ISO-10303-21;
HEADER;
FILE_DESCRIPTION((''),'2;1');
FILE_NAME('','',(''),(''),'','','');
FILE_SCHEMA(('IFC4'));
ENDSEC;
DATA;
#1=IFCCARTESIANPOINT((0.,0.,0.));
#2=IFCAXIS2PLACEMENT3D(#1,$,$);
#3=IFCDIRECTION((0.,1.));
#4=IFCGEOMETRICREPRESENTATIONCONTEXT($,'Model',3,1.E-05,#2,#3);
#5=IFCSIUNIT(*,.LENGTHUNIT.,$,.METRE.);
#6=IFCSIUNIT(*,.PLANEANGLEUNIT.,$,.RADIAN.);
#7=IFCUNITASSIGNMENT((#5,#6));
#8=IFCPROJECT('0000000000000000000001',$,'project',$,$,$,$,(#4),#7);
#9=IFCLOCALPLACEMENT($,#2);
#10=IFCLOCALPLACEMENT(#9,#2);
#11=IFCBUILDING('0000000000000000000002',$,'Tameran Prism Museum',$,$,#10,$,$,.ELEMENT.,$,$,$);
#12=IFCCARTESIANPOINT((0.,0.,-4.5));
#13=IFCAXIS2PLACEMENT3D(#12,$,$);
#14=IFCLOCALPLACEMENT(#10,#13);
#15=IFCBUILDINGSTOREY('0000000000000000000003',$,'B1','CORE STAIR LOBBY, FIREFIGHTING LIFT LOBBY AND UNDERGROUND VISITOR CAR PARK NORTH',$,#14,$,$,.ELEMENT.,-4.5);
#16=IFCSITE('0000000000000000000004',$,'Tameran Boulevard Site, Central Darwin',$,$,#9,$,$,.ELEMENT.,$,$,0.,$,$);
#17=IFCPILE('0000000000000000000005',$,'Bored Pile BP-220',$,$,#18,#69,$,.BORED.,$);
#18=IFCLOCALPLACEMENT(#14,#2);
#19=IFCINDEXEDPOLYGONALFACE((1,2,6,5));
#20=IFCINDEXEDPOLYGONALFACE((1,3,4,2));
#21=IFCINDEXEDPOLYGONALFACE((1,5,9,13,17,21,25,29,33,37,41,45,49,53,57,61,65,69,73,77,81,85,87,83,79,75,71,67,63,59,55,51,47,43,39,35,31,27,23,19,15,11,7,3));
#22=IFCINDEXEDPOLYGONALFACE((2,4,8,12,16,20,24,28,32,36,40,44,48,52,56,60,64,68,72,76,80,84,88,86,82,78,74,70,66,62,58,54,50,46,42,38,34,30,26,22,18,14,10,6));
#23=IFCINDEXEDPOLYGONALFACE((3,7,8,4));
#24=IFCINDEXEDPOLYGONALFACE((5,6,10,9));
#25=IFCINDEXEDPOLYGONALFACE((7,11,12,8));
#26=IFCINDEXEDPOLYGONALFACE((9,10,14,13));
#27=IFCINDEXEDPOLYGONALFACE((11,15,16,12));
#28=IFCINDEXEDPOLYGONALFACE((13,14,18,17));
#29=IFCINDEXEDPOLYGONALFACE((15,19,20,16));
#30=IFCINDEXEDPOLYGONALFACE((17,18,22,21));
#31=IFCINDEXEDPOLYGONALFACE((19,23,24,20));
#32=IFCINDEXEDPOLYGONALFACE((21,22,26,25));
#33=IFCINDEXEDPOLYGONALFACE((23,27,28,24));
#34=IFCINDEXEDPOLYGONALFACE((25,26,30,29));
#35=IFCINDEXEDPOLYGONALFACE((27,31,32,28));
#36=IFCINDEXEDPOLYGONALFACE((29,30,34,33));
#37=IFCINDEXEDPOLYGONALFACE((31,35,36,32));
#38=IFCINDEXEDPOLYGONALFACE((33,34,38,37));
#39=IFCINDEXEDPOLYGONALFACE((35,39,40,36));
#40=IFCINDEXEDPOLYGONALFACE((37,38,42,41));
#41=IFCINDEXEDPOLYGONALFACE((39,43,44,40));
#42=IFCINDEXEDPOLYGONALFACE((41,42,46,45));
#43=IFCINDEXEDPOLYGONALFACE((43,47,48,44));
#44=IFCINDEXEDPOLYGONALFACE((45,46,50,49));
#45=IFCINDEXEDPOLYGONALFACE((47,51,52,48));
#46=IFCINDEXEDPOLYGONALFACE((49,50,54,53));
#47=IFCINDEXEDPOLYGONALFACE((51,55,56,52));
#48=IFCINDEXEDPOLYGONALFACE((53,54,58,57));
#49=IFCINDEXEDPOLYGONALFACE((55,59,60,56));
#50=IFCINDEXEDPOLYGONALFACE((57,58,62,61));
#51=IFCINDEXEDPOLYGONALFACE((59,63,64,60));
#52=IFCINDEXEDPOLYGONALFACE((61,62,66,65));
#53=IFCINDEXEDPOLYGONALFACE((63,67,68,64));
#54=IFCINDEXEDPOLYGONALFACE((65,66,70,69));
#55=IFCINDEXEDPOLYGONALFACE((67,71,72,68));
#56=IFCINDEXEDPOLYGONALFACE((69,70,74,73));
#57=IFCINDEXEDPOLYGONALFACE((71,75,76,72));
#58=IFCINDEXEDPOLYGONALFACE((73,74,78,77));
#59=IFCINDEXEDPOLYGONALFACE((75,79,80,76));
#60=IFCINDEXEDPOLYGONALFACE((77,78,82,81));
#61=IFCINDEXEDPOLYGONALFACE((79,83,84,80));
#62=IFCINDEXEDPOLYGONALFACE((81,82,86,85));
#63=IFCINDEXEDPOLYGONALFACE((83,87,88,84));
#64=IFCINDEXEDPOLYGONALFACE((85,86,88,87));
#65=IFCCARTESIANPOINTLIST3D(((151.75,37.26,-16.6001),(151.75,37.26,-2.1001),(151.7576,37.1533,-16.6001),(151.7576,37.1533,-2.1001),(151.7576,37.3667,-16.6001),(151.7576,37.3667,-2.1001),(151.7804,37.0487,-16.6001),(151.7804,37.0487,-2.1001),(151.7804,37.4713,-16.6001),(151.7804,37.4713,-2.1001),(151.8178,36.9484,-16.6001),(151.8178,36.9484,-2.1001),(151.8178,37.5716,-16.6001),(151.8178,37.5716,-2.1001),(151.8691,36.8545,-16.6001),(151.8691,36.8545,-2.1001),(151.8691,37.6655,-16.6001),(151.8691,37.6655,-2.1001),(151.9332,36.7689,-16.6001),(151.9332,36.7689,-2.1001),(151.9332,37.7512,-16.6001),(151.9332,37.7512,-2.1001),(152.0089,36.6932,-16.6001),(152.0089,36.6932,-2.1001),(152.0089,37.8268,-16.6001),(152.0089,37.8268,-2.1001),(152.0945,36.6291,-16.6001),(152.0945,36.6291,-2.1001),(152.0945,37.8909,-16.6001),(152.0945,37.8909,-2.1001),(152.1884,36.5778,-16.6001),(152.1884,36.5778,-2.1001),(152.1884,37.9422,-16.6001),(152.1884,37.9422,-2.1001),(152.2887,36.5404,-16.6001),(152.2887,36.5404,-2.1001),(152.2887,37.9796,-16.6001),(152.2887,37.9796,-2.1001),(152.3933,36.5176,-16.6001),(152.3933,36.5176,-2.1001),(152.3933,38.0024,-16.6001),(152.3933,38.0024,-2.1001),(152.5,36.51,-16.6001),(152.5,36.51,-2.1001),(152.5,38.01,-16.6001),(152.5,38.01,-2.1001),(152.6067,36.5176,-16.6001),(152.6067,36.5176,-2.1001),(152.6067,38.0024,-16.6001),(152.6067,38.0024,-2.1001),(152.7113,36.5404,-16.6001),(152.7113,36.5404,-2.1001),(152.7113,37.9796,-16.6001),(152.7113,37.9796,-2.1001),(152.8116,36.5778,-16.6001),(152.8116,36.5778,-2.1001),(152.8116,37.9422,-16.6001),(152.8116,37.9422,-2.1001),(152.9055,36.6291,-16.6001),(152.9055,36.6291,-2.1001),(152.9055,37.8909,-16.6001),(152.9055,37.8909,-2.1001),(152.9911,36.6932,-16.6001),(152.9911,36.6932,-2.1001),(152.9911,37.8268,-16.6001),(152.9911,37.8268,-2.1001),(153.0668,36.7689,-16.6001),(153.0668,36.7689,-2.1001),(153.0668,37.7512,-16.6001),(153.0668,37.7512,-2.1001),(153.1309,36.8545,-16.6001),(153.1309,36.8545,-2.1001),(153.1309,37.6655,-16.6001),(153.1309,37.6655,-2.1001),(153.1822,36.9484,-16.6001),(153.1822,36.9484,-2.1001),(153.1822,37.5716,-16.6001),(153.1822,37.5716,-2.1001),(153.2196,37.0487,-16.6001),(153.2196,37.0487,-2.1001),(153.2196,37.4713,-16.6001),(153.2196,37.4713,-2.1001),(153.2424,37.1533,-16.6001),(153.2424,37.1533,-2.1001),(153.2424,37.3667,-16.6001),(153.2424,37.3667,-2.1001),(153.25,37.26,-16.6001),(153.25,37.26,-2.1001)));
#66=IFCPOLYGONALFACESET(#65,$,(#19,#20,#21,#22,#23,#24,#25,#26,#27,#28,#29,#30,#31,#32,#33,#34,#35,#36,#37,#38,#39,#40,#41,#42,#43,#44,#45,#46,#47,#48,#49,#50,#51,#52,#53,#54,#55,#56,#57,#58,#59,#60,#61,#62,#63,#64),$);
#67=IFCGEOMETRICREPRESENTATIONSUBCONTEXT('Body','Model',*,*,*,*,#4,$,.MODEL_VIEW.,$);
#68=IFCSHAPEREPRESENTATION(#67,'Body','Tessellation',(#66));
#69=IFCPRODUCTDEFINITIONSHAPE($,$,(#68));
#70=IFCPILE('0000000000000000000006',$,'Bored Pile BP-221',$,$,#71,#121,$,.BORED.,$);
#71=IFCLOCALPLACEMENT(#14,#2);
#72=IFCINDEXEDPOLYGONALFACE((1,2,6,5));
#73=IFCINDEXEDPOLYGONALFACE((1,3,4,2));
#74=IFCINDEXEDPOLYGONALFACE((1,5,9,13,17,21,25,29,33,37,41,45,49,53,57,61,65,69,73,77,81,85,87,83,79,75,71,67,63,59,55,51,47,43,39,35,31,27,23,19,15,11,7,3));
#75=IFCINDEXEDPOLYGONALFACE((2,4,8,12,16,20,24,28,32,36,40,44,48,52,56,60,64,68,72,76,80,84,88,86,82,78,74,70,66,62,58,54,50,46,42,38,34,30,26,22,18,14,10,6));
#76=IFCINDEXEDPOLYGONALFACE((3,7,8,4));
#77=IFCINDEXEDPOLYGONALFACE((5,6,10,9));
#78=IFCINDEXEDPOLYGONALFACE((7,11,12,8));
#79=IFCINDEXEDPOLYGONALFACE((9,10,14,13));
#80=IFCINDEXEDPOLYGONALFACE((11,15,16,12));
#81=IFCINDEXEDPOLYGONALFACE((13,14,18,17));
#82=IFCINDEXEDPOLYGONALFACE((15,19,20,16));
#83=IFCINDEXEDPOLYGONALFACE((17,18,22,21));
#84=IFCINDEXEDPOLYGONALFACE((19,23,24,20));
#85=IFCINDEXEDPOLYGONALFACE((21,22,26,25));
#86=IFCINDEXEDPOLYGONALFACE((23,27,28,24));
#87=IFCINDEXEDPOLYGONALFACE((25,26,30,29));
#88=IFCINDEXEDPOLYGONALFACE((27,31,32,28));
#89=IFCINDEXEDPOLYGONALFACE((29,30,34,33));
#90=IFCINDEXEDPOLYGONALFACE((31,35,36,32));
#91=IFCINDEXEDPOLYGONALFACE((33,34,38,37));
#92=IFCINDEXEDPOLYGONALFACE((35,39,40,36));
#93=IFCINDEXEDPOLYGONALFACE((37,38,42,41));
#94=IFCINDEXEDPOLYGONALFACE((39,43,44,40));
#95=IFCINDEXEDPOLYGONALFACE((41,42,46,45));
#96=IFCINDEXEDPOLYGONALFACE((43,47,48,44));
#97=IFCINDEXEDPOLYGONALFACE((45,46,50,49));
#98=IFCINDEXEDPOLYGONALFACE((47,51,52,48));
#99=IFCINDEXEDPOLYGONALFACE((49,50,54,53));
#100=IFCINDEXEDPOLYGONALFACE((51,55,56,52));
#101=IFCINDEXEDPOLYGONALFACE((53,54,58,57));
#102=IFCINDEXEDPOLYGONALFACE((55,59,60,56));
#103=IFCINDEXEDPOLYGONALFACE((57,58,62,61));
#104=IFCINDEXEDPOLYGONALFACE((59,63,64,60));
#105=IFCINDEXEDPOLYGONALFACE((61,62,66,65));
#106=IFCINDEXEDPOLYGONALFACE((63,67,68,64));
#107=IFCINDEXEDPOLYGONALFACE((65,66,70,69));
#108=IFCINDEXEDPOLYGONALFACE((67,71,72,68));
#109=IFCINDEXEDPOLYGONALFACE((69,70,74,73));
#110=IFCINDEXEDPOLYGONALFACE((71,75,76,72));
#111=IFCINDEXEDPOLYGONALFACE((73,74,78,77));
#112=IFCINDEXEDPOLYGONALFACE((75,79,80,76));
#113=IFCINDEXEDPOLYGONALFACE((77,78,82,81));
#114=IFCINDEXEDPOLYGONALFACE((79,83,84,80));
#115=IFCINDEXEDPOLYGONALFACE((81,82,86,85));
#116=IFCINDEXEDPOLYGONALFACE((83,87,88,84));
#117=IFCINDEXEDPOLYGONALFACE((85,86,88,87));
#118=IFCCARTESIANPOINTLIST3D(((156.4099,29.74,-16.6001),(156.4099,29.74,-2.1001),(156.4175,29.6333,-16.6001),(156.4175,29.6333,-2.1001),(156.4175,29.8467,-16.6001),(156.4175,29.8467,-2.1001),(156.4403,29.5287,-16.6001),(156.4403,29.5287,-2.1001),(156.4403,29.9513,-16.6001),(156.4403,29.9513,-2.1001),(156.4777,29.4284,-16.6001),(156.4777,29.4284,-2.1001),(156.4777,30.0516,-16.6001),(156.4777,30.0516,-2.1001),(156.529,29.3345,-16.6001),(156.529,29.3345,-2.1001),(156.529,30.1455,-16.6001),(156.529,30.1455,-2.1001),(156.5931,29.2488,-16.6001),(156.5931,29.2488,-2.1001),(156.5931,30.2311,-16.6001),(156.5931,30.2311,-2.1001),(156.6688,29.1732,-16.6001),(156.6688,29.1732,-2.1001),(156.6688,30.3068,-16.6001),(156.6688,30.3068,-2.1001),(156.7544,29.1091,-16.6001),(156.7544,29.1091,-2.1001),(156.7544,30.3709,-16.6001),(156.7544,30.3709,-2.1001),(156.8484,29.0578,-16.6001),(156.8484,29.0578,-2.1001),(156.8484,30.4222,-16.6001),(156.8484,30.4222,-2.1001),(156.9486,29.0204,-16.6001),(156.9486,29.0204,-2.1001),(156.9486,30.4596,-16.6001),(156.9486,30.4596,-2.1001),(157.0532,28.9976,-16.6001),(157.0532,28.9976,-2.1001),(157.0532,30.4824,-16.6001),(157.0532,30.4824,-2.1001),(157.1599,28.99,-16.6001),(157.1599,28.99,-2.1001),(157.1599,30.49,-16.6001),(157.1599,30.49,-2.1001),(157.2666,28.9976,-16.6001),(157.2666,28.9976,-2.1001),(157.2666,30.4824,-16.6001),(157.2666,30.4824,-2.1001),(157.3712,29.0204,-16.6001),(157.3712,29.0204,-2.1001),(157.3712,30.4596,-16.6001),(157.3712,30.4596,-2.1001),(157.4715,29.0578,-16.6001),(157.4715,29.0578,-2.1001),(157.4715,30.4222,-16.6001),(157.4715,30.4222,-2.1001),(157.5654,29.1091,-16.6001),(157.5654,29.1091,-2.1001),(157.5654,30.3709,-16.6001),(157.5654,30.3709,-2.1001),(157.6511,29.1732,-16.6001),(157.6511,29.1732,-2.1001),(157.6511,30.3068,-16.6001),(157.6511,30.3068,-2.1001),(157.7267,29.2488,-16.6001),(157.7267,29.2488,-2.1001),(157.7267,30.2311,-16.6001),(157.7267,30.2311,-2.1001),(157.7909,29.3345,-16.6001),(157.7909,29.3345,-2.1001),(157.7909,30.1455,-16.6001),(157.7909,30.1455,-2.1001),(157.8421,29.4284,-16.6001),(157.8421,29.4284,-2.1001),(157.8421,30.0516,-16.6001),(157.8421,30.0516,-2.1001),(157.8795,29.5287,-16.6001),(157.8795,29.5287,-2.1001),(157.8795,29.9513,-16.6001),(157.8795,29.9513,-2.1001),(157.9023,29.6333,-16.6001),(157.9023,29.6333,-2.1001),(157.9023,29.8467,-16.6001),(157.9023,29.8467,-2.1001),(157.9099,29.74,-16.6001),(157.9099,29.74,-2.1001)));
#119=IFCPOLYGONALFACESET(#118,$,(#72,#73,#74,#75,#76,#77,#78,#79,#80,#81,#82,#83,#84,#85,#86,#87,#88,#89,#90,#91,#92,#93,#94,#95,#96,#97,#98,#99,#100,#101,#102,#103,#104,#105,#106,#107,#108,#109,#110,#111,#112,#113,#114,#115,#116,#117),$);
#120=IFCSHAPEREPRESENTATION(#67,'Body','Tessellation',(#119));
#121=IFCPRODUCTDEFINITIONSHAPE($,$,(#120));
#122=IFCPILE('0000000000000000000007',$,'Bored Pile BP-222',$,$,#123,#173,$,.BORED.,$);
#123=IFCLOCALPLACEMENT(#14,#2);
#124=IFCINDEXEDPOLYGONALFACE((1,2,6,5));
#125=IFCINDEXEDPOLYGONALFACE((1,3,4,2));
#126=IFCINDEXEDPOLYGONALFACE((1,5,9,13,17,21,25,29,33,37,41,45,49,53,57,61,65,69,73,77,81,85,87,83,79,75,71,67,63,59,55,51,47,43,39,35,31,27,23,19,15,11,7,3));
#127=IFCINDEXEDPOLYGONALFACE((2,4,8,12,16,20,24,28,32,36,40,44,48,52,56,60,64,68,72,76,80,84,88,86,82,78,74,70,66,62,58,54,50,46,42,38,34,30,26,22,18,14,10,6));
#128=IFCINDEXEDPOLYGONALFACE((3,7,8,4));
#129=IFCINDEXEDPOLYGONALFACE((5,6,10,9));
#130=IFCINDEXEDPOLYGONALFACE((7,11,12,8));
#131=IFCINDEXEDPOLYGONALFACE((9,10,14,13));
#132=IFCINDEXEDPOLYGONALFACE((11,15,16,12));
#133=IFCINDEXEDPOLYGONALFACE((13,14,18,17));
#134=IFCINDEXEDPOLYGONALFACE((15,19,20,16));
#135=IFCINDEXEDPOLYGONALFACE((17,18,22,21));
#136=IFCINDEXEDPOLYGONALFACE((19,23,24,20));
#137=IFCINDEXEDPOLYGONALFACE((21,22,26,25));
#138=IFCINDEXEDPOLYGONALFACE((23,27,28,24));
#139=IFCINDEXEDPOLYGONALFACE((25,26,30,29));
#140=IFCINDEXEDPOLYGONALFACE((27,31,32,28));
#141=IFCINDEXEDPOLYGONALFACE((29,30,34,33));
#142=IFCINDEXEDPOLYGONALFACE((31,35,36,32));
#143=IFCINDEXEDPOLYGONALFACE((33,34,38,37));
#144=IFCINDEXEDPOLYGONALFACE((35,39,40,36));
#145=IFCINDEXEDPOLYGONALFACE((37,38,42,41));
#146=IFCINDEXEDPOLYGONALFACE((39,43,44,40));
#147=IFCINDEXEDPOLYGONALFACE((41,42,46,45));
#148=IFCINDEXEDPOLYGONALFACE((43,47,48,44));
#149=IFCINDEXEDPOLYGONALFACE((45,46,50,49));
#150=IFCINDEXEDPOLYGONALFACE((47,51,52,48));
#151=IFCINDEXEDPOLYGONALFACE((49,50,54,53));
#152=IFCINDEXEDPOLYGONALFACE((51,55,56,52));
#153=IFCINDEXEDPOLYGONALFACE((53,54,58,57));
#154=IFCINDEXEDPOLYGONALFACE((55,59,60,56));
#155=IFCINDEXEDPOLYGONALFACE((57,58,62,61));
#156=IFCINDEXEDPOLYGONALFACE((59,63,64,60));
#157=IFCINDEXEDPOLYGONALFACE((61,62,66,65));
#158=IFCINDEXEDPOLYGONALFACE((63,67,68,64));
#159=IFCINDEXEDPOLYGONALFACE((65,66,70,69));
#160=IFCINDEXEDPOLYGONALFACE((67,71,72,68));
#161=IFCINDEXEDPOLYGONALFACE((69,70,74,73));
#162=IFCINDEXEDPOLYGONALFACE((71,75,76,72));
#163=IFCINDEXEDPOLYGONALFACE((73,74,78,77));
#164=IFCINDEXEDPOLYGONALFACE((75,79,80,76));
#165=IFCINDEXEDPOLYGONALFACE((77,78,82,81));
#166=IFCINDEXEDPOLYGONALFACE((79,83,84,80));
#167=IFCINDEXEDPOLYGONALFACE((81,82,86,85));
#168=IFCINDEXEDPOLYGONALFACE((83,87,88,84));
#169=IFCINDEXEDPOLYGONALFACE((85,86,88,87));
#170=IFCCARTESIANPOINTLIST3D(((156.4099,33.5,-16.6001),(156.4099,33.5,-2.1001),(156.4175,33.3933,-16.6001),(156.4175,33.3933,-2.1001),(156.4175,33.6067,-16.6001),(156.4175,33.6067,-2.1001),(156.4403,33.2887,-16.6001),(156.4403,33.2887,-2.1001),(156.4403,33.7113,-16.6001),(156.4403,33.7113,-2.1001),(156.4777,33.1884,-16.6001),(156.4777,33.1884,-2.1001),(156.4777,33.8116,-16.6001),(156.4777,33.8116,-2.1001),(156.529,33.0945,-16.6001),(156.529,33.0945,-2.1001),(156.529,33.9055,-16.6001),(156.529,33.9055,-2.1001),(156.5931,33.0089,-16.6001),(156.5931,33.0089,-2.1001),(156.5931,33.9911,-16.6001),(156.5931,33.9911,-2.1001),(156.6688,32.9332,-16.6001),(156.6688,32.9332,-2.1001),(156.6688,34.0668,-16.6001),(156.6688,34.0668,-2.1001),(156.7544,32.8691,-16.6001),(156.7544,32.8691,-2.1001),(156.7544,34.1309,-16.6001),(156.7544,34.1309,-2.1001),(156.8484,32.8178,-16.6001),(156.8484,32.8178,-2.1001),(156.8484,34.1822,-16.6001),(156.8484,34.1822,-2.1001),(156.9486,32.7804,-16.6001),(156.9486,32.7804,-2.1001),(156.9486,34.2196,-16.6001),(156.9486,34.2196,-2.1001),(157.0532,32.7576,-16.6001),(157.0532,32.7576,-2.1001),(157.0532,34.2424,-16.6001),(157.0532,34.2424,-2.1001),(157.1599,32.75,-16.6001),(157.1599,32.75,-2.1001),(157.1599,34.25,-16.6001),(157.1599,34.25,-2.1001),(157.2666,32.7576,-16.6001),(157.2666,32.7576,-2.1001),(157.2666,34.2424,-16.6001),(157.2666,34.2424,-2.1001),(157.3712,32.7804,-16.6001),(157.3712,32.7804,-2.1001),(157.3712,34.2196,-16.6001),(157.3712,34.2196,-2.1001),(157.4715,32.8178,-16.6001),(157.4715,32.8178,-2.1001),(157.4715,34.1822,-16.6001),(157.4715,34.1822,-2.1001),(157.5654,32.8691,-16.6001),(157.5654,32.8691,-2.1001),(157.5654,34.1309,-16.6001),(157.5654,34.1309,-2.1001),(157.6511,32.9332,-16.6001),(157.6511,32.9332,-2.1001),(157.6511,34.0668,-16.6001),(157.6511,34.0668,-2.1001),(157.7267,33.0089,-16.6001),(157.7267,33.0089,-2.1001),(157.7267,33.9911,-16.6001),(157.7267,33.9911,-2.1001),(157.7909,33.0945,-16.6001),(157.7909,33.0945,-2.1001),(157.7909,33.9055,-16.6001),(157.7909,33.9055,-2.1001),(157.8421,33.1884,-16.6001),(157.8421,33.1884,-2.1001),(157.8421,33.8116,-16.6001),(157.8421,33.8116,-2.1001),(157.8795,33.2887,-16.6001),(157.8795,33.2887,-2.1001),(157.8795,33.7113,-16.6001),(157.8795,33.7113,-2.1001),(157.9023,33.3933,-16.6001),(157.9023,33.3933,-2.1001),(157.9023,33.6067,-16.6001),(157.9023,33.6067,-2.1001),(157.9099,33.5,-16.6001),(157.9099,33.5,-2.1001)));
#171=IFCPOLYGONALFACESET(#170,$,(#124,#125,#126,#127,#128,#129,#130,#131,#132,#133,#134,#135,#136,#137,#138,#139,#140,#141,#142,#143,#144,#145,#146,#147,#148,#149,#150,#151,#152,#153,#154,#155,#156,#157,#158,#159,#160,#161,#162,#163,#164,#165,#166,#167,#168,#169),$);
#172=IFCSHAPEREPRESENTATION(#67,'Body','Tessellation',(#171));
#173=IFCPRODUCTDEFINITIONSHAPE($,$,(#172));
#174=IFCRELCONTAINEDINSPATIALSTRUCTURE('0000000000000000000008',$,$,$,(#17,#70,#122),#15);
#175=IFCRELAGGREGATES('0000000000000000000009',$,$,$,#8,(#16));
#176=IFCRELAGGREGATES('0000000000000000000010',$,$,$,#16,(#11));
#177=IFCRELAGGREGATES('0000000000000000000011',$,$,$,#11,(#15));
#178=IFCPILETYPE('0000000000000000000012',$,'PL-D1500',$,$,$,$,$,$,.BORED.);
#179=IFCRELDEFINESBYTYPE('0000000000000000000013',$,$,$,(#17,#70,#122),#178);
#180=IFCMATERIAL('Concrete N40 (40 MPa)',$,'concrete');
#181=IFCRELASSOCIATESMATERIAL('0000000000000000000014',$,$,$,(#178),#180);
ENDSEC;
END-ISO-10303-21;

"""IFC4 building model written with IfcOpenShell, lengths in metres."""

from ifc_helpers import new_model, si_unit, direction, frame, origin, origin_2d, place, context, subcontext, project, spatial, circle, extrude, material, material_profile, profile_set, type_object, element, save


model = new_model("IFC4")

# Units and contexts
model_context = context("Model", 3, precision=1e-05, world=origin(), true_north=direction((0.0, 1.0)))
body_context = subcontext(model_context, "Body", "Model", "MODEL_VIEW")
ifc_project = project(units=[si_unit("LENGTHUNIT", "METRE"), si_unit("PLANEANGLEUNIT", "RADIAN")], contexts=[model_context])

# Site, building, storey
site_placement = place(None, origin())
site = spatial("IfcSite", under=ifc_project, at=site_placement, Name="Tameran Boulevard Site, Central Darwin", CompositionType="ELEMENT", RefElevation=0.0)
building_placement = place(site_placement, origin())
building = spatial("IfcBuilding", under=site, at=building_placement, Name="Tameran Prism Museum", CompositionType="ELEMENT")
storey_placement = place(building_placement, frame((0.0, 0.0, -4.5)))
storey = spatial("IfcBuildingStorey", under=building, at=storey_placement, Name="B1", Description="CORE STAIR LOBBY, FIREFIGHTING LIFT LOBBY AND UNDERGROUND VISITOR CAR PARK NORTH", CompositionType="ELEMENT", Elevation=-4.5)

# Piles
ifc_material_1 = material(Name="Concrete N40 (40 MPa)", Category="concrete")
ifc_material_profile_1 = material_profile(ifc_material_1, circle(Radius=0.75, at=origin_2d()))
ifc_profile_set_1 = profile_set([ifc_material_profile_1])
pile_type_1 = type_object("IfcPileType", Name="PL-D1500", PredefinedType="BORED", material=ifc_profile_set_1)
for number, where, z_axis, x_axis, name in (
    (1, (152.5, 37.26, -2.1001), (0.0, 0.0, -1.0), (1.0, 0.0, 0.0), "Bored Pile BP-220"),
    (2, (157.1599, 29.74, -2.1001), (0.0, 0.0, -1.0), (1.0, 0.0, 0.0), "Bored Pile BP-221"),
    (3, (157.1599, 33.5, -2.1001), (0.0, 0.0, -1.0), (1.0, 0.0, 0.0), "Bored Pile BP-222"),
):
    element("IfcPile", number, at=place(storey_placement, frame(where, z_axis=z_axis, x_axis=x_axis)), inside=storey, type_object=pile_type_1, Name=name, PredefinedType="BORED", context=body_context, shape_type="SweptSolid", body=[
        extrude(circle(Radius=0.75, at=origin_2d()), origin(), (0.0, 0.0, 1.0), 14.5),
    ])

save(model, "model.ifc")
